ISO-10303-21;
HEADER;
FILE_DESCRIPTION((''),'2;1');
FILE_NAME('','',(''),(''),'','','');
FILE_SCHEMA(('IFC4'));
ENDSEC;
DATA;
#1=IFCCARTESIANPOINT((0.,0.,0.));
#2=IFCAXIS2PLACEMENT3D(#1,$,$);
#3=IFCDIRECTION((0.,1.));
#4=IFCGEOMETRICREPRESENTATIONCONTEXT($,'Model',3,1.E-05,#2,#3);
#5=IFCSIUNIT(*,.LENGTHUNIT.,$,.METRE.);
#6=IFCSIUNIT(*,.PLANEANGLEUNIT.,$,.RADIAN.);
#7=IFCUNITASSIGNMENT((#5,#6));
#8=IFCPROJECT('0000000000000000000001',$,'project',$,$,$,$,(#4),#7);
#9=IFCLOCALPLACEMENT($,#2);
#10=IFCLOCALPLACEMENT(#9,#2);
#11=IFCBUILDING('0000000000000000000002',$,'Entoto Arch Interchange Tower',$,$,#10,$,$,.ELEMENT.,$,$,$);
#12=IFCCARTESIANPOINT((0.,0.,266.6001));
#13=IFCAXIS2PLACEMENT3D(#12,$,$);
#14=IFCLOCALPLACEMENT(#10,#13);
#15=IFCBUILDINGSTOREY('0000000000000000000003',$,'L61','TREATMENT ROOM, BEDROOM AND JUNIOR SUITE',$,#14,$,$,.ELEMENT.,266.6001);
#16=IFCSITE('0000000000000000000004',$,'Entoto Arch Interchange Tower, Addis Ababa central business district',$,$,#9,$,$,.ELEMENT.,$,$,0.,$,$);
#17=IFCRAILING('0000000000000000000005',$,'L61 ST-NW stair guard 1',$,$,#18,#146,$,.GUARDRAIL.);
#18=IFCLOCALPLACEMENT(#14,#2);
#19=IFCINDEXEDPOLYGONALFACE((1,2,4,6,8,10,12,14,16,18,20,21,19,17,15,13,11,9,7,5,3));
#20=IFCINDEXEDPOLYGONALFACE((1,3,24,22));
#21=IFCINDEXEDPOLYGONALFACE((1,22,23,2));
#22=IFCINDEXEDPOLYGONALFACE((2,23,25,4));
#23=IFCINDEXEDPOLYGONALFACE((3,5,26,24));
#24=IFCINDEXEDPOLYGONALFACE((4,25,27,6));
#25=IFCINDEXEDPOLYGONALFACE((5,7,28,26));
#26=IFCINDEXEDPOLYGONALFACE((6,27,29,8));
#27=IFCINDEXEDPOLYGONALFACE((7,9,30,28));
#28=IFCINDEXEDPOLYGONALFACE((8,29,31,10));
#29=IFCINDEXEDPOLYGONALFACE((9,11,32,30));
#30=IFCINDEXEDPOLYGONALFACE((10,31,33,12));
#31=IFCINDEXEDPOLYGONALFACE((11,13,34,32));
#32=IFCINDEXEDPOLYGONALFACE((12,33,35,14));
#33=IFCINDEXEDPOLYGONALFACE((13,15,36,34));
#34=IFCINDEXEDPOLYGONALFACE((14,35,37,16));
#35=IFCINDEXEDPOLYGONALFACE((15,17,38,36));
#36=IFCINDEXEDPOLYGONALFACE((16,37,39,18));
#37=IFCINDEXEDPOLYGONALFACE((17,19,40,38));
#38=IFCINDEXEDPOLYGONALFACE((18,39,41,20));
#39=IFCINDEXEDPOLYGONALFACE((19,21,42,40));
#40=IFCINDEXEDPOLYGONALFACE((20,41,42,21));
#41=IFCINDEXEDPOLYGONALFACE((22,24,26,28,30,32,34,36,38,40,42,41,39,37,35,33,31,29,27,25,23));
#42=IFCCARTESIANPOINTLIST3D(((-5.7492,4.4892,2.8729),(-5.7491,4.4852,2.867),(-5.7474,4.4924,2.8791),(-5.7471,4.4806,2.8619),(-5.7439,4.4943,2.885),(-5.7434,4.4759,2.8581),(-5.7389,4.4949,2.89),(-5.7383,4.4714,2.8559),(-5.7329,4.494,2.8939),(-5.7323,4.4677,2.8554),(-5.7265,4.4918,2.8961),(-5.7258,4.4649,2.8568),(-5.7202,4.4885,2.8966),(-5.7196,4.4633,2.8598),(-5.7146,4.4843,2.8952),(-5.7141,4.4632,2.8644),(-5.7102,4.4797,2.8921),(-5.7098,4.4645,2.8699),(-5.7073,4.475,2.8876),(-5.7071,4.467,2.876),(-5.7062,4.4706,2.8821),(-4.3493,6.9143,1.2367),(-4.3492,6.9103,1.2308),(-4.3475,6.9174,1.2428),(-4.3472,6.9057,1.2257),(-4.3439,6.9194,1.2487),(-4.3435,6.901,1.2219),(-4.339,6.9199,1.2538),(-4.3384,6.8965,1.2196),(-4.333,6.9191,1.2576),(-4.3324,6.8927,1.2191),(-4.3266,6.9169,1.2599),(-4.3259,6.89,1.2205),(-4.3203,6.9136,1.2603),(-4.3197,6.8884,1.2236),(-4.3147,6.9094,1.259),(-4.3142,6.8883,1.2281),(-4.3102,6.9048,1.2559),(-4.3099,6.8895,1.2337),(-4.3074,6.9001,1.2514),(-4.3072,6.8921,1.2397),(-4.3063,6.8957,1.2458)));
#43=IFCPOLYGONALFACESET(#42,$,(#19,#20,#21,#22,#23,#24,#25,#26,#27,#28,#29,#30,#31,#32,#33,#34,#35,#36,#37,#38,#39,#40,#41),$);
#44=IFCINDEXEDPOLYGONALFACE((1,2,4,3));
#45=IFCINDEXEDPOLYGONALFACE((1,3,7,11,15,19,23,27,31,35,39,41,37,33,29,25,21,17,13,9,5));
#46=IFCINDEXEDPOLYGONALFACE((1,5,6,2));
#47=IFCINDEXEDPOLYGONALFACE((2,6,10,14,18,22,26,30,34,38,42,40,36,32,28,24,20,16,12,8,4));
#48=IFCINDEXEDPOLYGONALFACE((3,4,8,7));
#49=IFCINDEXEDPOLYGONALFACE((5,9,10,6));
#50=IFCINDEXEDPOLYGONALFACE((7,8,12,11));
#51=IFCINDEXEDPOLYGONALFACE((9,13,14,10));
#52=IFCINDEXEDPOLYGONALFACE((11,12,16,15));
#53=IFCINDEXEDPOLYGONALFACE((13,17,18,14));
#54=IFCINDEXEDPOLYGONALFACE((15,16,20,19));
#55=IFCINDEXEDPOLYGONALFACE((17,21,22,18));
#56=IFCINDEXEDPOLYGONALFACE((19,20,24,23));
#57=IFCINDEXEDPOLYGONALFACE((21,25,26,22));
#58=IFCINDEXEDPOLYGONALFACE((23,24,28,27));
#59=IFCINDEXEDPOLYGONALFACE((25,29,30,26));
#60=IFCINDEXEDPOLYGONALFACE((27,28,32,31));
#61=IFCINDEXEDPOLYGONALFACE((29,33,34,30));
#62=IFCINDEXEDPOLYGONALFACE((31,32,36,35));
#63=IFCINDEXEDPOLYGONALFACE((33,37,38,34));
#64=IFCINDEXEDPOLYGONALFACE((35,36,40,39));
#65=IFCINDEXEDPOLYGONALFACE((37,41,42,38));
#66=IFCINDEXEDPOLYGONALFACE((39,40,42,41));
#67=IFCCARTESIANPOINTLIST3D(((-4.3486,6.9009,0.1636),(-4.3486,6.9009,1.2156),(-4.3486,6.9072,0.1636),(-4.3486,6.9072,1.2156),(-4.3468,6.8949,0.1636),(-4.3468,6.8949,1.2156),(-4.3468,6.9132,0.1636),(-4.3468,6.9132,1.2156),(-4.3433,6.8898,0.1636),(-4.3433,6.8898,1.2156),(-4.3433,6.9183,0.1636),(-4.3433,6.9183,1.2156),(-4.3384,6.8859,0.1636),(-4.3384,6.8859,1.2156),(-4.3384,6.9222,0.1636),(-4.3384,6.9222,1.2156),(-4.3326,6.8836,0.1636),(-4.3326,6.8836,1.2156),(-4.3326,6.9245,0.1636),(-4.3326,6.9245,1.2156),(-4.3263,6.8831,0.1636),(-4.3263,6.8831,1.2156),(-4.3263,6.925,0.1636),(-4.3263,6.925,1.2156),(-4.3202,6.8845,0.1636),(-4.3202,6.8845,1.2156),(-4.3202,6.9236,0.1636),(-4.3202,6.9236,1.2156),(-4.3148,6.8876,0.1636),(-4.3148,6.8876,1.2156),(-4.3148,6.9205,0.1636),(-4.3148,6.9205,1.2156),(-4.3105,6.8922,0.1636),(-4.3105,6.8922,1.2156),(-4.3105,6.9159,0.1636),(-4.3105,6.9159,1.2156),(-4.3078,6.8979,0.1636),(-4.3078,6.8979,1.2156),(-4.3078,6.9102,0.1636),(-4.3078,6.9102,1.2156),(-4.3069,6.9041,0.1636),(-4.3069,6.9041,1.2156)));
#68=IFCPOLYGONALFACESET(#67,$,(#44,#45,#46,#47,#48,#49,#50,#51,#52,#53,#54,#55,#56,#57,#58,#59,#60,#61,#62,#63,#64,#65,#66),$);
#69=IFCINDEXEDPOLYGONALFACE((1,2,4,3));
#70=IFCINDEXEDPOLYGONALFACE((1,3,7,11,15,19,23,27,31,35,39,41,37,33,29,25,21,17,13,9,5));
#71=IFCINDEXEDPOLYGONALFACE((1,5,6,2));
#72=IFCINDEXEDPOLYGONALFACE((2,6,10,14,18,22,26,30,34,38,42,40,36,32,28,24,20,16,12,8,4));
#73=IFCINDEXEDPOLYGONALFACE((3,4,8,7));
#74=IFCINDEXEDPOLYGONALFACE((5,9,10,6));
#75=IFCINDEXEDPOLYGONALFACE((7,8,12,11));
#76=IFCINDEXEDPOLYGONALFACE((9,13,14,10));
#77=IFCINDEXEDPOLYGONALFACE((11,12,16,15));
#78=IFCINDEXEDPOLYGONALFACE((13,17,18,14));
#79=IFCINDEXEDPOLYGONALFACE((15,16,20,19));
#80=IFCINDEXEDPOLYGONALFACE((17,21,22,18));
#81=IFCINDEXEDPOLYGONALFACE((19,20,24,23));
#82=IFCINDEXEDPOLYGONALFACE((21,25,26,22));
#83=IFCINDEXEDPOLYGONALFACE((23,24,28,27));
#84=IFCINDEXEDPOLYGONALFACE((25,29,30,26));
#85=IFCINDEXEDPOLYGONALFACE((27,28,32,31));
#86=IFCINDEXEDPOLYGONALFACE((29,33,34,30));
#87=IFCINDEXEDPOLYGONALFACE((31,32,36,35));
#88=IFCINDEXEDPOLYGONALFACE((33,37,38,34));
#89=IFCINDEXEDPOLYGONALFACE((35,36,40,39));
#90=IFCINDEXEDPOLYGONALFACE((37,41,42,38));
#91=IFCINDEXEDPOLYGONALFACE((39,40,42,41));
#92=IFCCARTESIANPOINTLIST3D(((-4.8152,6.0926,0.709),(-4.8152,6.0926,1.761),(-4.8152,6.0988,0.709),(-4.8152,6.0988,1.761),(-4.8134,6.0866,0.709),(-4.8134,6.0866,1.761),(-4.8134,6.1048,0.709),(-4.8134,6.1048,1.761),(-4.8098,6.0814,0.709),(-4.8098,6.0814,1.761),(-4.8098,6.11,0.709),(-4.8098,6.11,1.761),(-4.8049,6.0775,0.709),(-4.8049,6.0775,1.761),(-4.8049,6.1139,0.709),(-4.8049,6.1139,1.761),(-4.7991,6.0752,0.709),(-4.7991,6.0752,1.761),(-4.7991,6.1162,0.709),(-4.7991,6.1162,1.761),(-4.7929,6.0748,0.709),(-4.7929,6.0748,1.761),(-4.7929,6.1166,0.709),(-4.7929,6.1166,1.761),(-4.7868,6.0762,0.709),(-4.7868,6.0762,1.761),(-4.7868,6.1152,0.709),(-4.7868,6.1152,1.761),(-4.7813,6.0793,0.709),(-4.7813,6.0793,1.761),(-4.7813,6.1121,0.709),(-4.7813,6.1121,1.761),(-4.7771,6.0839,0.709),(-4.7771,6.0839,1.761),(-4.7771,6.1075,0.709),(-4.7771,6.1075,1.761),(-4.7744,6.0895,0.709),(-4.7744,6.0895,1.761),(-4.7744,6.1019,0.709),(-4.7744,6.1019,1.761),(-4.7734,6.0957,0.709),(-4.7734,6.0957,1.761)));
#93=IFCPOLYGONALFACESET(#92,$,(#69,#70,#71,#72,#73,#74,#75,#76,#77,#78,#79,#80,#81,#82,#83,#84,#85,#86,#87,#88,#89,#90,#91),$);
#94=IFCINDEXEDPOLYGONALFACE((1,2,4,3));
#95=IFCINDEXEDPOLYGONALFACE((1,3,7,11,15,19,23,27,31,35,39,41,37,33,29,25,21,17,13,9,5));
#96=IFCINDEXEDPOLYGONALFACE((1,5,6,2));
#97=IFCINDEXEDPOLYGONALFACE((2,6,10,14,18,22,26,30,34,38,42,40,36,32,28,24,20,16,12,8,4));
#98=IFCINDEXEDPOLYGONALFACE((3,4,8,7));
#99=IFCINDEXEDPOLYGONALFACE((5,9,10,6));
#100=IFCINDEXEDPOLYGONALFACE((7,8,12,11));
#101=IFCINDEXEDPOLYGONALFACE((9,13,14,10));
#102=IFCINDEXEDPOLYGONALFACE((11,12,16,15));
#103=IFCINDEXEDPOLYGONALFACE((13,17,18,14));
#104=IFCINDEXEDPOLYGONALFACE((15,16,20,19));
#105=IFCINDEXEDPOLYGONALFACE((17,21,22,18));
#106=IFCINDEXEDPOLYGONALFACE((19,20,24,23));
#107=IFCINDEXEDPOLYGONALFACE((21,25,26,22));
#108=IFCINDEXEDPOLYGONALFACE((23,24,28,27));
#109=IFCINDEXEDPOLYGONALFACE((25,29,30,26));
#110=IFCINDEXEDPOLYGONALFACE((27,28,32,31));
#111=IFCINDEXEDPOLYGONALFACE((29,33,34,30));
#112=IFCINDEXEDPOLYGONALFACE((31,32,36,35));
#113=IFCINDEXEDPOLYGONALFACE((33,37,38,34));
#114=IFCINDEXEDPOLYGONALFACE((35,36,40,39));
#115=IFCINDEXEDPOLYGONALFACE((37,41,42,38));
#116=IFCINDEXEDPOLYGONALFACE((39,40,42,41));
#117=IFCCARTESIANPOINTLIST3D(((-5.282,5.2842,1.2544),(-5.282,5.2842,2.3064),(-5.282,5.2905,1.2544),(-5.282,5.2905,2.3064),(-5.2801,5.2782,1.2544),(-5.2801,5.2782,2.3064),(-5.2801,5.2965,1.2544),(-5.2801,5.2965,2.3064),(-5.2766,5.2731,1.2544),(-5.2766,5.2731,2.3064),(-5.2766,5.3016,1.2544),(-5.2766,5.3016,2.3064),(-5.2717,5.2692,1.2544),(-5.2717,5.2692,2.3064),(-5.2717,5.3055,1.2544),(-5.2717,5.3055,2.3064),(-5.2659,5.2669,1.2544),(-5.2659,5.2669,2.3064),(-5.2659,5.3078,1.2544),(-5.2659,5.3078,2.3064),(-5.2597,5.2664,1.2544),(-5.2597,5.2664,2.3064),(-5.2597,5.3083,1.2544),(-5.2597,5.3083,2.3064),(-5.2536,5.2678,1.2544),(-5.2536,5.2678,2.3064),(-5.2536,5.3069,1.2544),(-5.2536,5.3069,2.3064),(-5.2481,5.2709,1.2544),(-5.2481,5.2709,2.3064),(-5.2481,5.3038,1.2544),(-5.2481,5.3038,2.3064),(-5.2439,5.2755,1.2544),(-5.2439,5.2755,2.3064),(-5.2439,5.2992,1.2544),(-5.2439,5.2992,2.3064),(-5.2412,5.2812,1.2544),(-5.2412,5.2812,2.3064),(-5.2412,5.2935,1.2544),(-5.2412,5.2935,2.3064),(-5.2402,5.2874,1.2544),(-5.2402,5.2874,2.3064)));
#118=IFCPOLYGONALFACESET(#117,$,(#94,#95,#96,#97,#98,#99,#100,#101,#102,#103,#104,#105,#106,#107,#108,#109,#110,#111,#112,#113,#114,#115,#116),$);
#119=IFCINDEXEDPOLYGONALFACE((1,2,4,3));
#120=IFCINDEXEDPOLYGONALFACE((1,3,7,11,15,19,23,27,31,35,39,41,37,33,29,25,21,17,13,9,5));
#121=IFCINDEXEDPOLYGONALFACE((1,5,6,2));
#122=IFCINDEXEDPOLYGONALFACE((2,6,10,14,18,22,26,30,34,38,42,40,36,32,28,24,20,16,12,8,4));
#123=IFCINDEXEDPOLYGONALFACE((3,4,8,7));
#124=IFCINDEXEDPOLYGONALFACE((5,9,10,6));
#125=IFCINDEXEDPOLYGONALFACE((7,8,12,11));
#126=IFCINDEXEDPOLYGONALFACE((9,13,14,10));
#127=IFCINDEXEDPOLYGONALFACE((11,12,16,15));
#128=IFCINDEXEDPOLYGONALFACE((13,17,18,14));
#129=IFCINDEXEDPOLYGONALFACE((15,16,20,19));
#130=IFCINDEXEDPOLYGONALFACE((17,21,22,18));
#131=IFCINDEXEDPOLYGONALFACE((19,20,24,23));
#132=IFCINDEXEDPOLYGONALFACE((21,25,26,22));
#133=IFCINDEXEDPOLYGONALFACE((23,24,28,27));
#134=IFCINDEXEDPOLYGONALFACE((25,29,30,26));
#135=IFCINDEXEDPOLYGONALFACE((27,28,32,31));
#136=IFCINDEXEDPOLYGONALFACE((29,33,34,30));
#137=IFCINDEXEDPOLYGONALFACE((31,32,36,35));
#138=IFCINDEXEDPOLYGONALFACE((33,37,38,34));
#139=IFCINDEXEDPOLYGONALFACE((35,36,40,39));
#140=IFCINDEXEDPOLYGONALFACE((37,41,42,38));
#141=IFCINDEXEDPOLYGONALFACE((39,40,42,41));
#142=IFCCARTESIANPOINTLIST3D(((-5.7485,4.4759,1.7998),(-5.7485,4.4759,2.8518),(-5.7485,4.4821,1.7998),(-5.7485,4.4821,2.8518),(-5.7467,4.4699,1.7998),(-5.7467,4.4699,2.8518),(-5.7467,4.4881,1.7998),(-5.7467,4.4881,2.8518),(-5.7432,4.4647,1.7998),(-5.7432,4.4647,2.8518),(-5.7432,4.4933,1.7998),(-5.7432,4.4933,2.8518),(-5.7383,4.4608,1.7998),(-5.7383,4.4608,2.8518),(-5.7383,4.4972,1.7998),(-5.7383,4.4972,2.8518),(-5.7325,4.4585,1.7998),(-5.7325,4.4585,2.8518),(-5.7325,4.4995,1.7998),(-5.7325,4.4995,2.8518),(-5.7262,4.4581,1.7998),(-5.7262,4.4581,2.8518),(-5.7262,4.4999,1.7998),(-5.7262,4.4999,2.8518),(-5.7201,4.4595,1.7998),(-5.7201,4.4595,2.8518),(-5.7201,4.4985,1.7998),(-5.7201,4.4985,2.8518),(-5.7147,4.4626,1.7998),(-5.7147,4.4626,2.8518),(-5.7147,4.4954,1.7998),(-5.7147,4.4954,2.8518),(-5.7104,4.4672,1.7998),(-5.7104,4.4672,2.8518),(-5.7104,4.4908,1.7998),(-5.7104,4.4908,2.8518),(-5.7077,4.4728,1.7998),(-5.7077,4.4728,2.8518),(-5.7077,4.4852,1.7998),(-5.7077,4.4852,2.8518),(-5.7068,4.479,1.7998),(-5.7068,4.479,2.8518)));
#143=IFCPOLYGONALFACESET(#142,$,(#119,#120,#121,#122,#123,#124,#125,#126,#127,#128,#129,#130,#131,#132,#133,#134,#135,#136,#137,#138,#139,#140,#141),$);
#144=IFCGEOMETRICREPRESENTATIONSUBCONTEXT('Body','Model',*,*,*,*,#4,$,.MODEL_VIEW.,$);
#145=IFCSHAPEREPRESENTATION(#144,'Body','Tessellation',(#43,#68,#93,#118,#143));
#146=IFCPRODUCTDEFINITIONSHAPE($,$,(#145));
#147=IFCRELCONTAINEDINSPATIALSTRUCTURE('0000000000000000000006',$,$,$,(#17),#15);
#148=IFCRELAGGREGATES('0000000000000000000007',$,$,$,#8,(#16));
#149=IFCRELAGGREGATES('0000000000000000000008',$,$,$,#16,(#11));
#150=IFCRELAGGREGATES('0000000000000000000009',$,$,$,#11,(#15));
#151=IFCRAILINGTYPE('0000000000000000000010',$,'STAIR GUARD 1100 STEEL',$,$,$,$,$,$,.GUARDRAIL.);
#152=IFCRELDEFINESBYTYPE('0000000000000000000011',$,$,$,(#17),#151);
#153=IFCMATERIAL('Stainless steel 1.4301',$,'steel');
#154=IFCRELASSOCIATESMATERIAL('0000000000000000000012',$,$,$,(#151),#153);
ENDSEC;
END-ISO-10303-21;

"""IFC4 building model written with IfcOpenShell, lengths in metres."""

from ifc_helpers import new_model, si_unit, direction, frame, origin, origin_2d, place, context, subcontext, project, spatial, circle, extrude, material, type_object, element, save


model = new_model("IFC4")

# Units and contexts
model_context = context("Model", 3, precision=1e-05, world=origin(), true_north=direction((0.0, 1.0)))
body_context = subcontext(model_context, "Body", "Model", "MODEL_VIEW")
ifc_project = project(units=[si_unit("LENGTHUNIT", "METRE"), si_unit("PLANEANGLEUNIT", "RADIAN")], contexts=[model_context])

# Site, building, storey
site_placement = place(None, origin())
site = spatial("IfcSite", under=ifc_project, at=site_placement, Name="Entoto Arch Interchange Tower, Addis Ababa central business district", CompositionType="ELEMENT", RefElevation=0.0)
building_placement = place(site_placement, origin())
building = spatial("IfcBuilding", under=site, at=building_placement, Name="Entoto Arch Interchange Tower", CompositionType="ELEMENT")
storey_placement = place(building_placement, frame((0.0, 0.0, 266.6001)))
storey = spatial("IfcBuildingStorey", under=building, at=storey_placement, Name="L61", Description="TREATMENT ROOM, BEDROOM AND JUNIOR SUITE", CompositionType="ELEMENT", Elevation=266.6001)

# Railing
ifc_material_1 = material(Name="Stainless steel 1.4301", Category="steel")
railing_type_1 = type_object("IfcRailingType", Name="STAIR GUARD 1100 STEEL", PredefinedType="GUARDRAIL", material=ifc_material_1)
railing_1_placement = place(storey_placement, frame((-4.3279, 6.9041, 0.1636)))
element("IfcRailing", 1, at=railing_1_placement, inside=storey, type_object=railing_type_1, Name="L61 ST-NW stair guard 1", PredefinedType="GUARDRAIL", context=body_context, shape_type="SweptSolid", body=[
    extrude(circle(Radius=0.0239, at=origin_2d()), frame((0.0, 0.0, 1.0762), z_axis=(-0.431653, -0.747751, 0.504523), x_axis=(0.866056, -0.499946, 0.0)), (0.0, 0.0, 1.0), 3.2432),
    extrude(circle(Radius=0.021, at=origin_2d()), origin(), (0.0, 0.0, 1.0), 1.052),
    extrude(circle(Radius=0.021, at=origin_2d()), frame((-0.4666, -0.8083, 0.5454)), (0.0, 0.0, 1.0), 1.052),
    extrude(circle(Radius=0.021, at=origin_2d()), frame((-0.9333, -1.6167, 1.0908)), (0.0, 0.0, 1.0), 1.052),
    extrude(circle(Radius=0.021, at=origin_2d()), frame((-1.3999, -2.425, 1.6362)), (0.0, 0.0, 1.0), 1.052),
])

save(model, "model.ifc")
